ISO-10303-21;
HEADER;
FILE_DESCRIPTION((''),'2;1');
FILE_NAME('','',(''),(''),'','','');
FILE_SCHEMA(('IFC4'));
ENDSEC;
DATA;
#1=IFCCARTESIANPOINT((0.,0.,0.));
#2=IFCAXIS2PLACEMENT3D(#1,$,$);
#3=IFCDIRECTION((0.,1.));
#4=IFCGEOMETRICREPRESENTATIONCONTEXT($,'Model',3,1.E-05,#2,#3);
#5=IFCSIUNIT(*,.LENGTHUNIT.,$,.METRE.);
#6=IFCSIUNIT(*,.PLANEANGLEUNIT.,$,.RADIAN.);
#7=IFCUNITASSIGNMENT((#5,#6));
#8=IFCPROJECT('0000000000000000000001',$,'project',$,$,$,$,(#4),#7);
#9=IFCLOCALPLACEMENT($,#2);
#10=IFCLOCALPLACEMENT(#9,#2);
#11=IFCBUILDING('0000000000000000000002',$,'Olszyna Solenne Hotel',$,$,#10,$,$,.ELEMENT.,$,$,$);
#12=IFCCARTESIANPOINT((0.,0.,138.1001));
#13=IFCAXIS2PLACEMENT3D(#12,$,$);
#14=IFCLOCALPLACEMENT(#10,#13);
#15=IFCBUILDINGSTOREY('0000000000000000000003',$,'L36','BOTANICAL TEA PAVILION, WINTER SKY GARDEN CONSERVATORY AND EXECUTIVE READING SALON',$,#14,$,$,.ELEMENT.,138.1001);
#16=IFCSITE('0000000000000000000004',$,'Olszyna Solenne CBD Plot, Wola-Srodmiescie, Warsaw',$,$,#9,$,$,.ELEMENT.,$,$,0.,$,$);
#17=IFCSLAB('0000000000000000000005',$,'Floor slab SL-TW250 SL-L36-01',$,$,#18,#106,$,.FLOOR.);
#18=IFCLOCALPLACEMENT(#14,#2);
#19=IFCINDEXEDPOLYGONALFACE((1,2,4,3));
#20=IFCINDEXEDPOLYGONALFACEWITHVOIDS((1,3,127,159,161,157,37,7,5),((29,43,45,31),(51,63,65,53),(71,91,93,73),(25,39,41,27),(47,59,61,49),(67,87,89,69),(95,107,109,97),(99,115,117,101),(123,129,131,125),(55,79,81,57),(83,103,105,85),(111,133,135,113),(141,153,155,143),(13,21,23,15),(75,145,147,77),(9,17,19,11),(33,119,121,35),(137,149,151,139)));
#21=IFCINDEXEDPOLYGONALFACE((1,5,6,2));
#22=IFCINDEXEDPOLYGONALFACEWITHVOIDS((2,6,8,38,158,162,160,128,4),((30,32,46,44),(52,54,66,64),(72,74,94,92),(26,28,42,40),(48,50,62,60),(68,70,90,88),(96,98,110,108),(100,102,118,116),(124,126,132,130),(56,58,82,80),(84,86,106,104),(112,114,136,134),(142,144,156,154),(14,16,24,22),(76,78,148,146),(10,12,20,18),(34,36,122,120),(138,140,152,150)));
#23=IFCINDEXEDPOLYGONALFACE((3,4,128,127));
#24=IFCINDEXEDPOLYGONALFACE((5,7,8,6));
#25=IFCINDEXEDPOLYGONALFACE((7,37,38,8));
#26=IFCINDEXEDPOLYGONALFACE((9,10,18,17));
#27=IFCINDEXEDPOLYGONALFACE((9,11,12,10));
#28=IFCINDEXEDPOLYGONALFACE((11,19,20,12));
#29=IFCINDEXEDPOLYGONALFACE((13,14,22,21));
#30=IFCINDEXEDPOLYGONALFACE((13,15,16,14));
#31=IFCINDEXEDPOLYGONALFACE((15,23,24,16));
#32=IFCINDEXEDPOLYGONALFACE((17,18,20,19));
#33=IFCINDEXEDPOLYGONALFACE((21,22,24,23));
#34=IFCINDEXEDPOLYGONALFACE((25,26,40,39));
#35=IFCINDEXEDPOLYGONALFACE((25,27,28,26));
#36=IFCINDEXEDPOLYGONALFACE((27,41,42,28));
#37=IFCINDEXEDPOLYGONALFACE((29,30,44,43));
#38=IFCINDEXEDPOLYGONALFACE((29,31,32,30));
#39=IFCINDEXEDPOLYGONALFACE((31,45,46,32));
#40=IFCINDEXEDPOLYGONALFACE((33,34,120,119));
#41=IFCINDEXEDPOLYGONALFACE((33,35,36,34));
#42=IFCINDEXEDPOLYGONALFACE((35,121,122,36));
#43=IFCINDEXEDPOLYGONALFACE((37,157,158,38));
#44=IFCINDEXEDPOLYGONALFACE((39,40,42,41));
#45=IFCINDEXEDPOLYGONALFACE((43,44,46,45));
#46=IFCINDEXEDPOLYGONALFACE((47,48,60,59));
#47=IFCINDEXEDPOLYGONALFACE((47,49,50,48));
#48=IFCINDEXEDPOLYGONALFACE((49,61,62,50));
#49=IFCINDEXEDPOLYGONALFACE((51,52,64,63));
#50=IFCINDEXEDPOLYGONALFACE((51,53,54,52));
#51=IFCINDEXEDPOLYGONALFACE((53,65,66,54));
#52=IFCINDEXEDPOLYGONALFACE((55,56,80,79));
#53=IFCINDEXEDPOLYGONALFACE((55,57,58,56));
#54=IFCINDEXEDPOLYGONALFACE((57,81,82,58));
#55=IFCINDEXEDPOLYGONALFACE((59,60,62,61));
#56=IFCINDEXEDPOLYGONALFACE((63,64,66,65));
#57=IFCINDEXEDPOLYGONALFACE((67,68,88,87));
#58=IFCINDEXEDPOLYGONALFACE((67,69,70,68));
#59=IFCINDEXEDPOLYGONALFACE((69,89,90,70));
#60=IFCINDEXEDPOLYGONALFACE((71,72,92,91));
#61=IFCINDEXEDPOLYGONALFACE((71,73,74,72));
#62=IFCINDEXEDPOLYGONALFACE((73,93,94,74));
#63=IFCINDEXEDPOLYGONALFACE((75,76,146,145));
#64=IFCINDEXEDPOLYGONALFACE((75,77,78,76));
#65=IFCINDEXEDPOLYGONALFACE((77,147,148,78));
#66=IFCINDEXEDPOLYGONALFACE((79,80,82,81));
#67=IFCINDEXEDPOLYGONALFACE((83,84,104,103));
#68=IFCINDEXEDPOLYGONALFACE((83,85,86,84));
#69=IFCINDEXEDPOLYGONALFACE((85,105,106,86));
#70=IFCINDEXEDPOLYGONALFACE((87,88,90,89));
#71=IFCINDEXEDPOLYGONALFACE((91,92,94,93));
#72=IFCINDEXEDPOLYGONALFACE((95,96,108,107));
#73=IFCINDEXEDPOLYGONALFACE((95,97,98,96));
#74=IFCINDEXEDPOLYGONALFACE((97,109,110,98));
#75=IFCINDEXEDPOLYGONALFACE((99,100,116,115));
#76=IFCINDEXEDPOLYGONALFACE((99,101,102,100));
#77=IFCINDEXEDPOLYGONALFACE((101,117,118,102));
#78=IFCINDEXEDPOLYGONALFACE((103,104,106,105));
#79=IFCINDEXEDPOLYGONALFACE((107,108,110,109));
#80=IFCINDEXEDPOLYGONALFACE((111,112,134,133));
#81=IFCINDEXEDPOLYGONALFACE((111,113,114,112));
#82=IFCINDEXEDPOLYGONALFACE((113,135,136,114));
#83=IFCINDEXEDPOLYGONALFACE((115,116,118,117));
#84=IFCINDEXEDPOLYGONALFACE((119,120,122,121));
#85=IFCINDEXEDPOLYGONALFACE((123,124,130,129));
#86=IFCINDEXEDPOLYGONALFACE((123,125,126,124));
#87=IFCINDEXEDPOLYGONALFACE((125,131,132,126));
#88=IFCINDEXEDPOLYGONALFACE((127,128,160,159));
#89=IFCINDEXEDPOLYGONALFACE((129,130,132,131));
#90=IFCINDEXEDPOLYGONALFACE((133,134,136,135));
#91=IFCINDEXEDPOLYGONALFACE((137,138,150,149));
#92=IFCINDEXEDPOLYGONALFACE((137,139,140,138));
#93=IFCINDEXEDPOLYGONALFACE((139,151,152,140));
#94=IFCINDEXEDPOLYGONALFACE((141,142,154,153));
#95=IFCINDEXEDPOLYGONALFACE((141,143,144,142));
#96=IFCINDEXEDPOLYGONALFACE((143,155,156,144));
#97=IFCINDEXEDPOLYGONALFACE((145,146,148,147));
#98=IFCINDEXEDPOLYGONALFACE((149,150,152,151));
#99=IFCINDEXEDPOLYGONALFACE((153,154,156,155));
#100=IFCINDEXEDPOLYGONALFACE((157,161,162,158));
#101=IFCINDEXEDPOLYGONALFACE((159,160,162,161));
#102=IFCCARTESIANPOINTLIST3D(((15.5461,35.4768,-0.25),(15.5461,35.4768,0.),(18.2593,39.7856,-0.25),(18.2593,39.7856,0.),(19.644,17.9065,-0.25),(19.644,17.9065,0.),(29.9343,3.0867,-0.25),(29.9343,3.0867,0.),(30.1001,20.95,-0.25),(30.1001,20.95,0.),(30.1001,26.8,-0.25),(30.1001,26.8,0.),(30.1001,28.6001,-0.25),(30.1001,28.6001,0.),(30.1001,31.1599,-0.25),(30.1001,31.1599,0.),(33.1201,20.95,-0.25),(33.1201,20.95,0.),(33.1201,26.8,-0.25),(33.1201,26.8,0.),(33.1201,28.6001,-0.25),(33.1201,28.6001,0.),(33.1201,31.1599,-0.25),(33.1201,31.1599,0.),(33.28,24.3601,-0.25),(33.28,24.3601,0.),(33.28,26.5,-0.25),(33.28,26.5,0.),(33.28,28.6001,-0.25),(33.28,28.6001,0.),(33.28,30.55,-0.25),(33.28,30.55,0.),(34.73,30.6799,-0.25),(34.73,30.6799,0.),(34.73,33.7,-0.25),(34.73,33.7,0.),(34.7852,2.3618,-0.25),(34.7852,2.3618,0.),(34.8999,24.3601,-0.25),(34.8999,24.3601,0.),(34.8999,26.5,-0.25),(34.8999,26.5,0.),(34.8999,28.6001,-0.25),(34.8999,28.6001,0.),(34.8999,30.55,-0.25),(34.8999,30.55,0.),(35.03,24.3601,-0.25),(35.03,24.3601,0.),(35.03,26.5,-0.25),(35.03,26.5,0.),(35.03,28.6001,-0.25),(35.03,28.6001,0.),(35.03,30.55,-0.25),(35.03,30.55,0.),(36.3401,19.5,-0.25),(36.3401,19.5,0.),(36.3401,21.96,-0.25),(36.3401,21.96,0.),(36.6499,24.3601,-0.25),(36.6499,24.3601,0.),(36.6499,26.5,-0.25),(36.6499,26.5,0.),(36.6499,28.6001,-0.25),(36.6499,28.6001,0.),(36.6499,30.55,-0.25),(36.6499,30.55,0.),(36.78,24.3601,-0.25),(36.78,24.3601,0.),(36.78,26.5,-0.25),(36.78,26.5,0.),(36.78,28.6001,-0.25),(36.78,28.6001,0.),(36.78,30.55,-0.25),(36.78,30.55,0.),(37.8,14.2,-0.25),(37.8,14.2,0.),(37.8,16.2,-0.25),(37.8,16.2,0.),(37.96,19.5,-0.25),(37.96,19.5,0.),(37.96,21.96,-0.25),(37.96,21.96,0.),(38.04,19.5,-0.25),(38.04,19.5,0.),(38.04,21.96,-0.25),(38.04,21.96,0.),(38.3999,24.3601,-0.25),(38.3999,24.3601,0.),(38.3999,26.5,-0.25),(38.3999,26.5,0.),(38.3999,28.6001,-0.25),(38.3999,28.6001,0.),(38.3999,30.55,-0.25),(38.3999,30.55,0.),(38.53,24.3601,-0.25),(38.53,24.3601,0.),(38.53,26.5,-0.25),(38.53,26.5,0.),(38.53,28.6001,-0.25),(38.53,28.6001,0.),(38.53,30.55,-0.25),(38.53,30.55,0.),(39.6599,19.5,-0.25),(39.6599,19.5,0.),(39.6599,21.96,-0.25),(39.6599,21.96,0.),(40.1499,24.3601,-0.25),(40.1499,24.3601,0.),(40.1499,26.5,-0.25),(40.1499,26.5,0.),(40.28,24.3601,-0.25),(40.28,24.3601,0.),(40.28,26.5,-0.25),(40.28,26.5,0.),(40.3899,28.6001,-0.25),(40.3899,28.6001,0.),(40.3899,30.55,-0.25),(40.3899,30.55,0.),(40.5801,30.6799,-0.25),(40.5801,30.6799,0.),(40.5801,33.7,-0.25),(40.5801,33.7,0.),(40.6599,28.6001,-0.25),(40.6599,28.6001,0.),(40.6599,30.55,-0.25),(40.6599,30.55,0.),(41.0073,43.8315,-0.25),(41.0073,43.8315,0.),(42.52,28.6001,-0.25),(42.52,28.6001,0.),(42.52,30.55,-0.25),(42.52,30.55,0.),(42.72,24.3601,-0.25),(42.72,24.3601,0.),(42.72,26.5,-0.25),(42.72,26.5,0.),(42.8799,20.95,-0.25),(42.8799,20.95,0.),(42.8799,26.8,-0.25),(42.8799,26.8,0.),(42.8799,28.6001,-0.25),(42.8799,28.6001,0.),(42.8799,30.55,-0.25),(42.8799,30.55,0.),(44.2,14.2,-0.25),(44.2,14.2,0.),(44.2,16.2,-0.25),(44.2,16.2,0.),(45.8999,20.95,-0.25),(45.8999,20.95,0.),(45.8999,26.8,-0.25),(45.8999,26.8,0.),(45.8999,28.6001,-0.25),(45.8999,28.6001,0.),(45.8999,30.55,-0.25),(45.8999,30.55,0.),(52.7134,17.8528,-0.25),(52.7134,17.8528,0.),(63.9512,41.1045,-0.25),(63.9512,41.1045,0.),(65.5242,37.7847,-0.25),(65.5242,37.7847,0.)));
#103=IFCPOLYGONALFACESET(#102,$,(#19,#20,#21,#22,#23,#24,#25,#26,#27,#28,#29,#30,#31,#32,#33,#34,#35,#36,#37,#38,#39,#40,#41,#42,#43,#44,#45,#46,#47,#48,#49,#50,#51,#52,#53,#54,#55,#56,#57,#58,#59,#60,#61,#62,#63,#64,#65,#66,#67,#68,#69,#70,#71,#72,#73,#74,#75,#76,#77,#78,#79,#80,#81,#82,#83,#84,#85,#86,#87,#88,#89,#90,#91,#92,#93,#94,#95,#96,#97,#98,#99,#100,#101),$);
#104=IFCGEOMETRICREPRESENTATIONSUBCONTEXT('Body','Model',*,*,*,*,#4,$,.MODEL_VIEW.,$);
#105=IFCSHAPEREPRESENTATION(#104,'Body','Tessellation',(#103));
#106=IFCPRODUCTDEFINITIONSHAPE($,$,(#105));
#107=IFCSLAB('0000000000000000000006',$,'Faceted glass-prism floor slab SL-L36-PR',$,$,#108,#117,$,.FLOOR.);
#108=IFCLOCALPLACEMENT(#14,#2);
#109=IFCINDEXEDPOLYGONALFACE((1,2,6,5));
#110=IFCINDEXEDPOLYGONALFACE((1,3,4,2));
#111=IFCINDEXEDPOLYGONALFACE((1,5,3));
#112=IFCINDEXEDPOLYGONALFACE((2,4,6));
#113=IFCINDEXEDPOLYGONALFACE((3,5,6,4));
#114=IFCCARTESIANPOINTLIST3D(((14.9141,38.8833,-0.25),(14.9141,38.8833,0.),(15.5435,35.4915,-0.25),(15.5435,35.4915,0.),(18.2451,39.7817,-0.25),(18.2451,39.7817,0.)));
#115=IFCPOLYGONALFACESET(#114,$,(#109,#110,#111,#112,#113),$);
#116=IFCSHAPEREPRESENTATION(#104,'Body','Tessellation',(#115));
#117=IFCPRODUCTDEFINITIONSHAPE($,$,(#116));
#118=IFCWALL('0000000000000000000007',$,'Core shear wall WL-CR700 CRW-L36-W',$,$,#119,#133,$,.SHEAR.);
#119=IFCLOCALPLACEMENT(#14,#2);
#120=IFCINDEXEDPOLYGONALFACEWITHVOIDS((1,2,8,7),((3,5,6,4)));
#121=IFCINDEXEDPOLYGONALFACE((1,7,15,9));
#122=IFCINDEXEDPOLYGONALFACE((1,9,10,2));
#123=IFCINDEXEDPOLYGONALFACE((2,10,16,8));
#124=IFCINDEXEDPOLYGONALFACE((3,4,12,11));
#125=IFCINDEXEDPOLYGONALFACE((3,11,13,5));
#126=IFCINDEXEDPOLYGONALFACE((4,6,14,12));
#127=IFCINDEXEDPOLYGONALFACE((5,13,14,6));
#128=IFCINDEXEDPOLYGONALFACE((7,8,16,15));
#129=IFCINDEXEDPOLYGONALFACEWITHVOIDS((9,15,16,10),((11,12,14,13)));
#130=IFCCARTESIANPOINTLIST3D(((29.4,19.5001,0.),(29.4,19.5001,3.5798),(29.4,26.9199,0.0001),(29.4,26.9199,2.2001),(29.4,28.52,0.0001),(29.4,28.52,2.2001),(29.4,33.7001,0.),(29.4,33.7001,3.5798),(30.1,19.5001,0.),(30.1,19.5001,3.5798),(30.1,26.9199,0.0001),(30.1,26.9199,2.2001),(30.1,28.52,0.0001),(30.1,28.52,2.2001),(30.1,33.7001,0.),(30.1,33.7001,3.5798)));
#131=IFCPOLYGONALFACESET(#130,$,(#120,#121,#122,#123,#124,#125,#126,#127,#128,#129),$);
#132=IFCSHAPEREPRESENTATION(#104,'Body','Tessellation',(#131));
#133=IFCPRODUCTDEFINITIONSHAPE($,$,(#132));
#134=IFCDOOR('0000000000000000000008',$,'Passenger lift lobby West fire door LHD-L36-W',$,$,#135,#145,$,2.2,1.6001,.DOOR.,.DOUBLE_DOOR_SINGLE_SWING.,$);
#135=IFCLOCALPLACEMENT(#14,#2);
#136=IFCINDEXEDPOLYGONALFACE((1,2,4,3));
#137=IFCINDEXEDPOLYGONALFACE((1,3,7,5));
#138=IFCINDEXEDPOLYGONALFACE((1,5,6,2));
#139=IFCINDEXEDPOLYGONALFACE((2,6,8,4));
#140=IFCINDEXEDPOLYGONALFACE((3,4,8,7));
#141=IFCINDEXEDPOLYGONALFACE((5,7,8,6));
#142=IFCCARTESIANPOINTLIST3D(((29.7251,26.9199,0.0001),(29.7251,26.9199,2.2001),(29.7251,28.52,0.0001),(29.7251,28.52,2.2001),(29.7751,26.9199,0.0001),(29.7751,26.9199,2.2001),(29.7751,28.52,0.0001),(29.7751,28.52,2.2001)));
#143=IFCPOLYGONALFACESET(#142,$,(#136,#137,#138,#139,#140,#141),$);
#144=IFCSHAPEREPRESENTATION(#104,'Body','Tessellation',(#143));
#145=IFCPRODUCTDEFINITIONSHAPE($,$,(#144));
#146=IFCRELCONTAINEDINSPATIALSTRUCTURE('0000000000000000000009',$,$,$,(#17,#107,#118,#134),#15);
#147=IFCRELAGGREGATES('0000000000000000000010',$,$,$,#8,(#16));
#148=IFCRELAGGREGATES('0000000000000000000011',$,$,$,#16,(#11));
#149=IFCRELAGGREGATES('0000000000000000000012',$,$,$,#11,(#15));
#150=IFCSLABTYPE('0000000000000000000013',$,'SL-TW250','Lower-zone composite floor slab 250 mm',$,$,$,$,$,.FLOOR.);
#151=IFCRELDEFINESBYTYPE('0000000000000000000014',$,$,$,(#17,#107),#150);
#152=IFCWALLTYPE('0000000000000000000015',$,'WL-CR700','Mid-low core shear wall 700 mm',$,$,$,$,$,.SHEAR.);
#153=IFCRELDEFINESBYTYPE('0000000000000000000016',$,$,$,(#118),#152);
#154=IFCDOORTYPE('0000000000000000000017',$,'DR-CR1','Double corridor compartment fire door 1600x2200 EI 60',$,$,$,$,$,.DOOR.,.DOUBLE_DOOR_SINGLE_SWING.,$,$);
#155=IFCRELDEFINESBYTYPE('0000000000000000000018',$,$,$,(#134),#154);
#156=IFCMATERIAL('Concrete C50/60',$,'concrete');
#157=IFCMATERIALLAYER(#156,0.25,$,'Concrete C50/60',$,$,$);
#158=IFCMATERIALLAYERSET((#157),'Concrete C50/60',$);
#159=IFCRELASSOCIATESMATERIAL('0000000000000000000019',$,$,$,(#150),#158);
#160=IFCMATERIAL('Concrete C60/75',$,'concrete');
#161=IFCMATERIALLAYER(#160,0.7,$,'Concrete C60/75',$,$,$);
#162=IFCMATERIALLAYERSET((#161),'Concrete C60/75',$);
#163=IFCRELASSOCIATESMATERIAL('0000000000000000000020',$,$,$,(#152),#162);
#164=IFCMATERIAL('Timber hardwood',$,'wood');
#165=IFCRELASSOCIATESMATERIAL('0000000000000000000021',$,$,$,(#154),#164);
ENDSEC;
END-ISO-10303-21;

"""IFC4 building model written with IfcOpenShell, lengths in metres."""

from ifc_helpers import new_model, si_unit, direction, frame, frame_2d, origin, place, context, subcontext, project, spatial, polyline, rectangle, outline, extrude, source, transform, mapped, material, layer, layer_set, type_object, type_shapes, element, fill, save


model = new_model("IFC4")

# Units and contexts
model_context = context("Model", 3, precision=1e-05, world=origin(), true_north=direction((0.0, 1.0)))
body_context = subcontext(model_context, "Body", "Model", "MODEL_VIEW")
ifc_project = project(units=[si_unit("LENGTHUNIT", "METRE"), si_unit("PLANEANGLEUNIT", "RADIAN")], contexts=[model_context])

# Site, building, storey
site_placement = place(None, origin())
site = spatial("IfcSite", under=ifc_project, at=site_placement, Name="Olszyna Solenne CBD Plot, Wola-Srodmiescie, Warsaw", CompositionType="ELEMENT", RefElevation=0.0)
building_placement = place(site_placement, origin())
building = spatial("IfcBuilding", under=site, at=building_placement, Name="Olszyna Solenne Hotel", CompositionType="ELEMENT")
storey_placement = place(building_placement, frame((0.0, 0.0, 138.1001)))
storey = spatial("IfcBuildingStorey", under=building, at=storey_placement, Name="L36", Description="BOTANICAL TEA PAVILION, WINTER SKY GARDEN CONSERVATORY AND EXECUTIVE READING SALON", CompositionType="ELEMENT", Elevation=138.1001)

# Slabs
ifc_material_1 = material(Name="Concrete C50/60", Category="concrete")
ifc_layer_1 = layer(ifc_material_1, 0.25, Name="Concrete C50/60")
ifc_layer_set_1 = layer_set([ifc_layer_1], Name="Concrete C50/60")
slab_type_1 = type_object("IfcSlabType", Name="SL-TW250", Description="Lower-zone composite floor slab 250 mm", PredefinedType="FLOOR", material=ifc_layer_set_1)
slab_1_placement = place(storey_placement, frame((0.0, 0.0, -0.25)))
element("IfcSlab", 1, at=slab_1_placement, inside=storey, type_object=slab_type_1, Name="Floor slab SL-TW250 SL-L36-01", PredefinedType="FLOOR", context=body_context, shape_type="SweptSolid", body=[
    extrude(outline(polyline([(65.5242, 37.7847), (63.9512, 41.1045), (41.0073, 43.8315), (18.2593, 39.7856), (15.5461, 35.4768), (19.644, 17.9065), (29.9343, 3.0867), (34.7852, 2.3618), (52.7134, 17.8528), (65.5242, 37.7847)]), holes=[polyline([(30.1001, 20.95), (33.1201, 20.95), (33.1201, 26.8), (30.1001, 26.8), (30.1001, 20.95)]), polyline([(42.8799, 20.95), (45.8999, 20.95), (45.8999, 26.8), (42.8799, 26.8), (42.8799, 20.95)]), polyline([(34.73, 30.6799), (40.5801, 30.6799), (40.5801, 33.7), (34.73, 33.7), (34.73, 30.6799)]), polyline([(36.3401, 19.5), (37.96, 19.5), (37.96, 21.96), (36.3401, 21.96), (36.3401, 19.5)]), polyline([(38.04, 19.5), (39.6599, 19.5), (39.6599, 21.96), (38.04, 21.96), (38.04, 19.5)]), polyline([(30.1001, 28.6001), (33.1201, 28.6001), (33.1201, 31.1599), (30.1001, 31.1599), (30.1001, 28.6001)]), polyline([(33.28, 24.3601), (34.8999, 24.3601), (34.8999, 26.5), (33.28, 26.5), (33.28, 24.3601)]), polyline([(35.03, 24.3601), (36.6499, 24.3601), (36.6499, 26.5), (35.03, 26.5), (35.03, 24.3601)]), polyline([(36.78, 24.3601), (38.3999, 24.3601), (38.3999, 26.5), (36.78, 26.5), (36.78, 24.3601)]), polyline([(38.53, 24.3601), (40.1499, 24.3601), (40.1499, 26.5), (38.53, 26.5), (38.53, 24.3601)]), polyline([(40.28, 24.3601), (42.72, 24.3601), (42.72, 26.5), (40.28, 26.5), (40.28, 24.3601)]), polyline([(33.28, 28.6001), (34.8999, 28.6001), (34.8999, 30.55), (33.28, 30.55), (33.28, 28.6001)]), polyline([(35.03, 28.6001), (36.6499, 28.6001), (36.6499, 30.55), (35.03, 30.55), (35.03, 28.6001)]), polyline([(36.78, 28.6001), (38.3999, 28.6001), (38.3999, 30.55), (36.78, 30.55), (36.78, 28.6001)]), polyline([(38.53, 28.6001), (40.3899, 28.6001), (40.3899, 30.55), (38.53, 30.55), (38.53, 28.6001)]), polyline([(40.6599, 28.6001), (42.52, 28.6001), (42.52, 30.55), (40.6599, 30.55), (40.6599, 28.6001)]), polyline([(42.8799, 28.6001), (45.8999, 28.6001), (45.8999, 30.55), (42.8799, 30.55), (42.8799, 28.6001)]), polyline([(37.8, 14.2), (44.2, 14.2), (44.2, 16.2), (37.8, 16.2), (37.8, 14.2)])]), origin(), (0.0, 0.0, 1.0), 0.25),
])
slab_2_placement = place(storey_placement, frame((0.0, 0.0, -0.25)))
element("IfcSlab", 2, at=slab_2_placement, inside=storey, type_object=slab_type_1, Name="Faceted glass-prism floor slab SL-L36-PR", PredefinedType="FLOOR", context=body_context, shape_type="SweptSolid", body=[
    extrude(outline(polyline([(15.5435, 35.4915), (18.2451, 39.7817), (14.9141, 38.8833), (15.5435, 35.4915)])), origin(), (0.0, 0.0, 1.0), 0.25),
])

# Wall, opening, door
ifc_material_2 = material(Name="Concrete C60/75", Category="concrete")
ifc_layer_2 = layer(ifc_material_2, 0.7, Name="Concrete C60/75")
ifc_layer_set_2 = layer_set([ifc_layer_2], Name="Concrete C60/75")
wall_type_1 = type_object("IfcWallType", Name="WL-CR700", Description="Mid-low core shear wall 700 mm", PredefinedType="SHEAR", material=ifc_layer_set_2)
wall_1_placement = place(storey_placement, frame((29.75, 19.5, 0.0), z_axis=(0.0, 0.0, 1.0), x_axis=(0.0, 1.0, 0.0)))
wall_1 = element("IfcWall", 3, at=wall_1_placement, inside=storey, type_object=wall_type_1, Name="Core shear wall WL-CR700 CRW-L36-W", PredefinedType="SHEAR", context=body_context, shape_type="SweptSolid", body=[
    extrude(rectangle(XDim=14.2, YDim=0.7, at=frame_2d((7.1001, 0.0))), origin(), (0.0, 0.0, 1.0), 3.5798),
])
opening_1_placement = place(wall_1_placement, frame((7.4199, 0.0, 0.0)))
opening_1 = element("IfcOpeningElement", 4, at=opening_1_placement, cuts=wall_1, PredefinedType="OPENING", context=body_context, shape_type="SweptSolid", body=[
    extrude(rectangle(XDim=1.6001, YDim=2.2, at=frame_2d((0.8, 1.1001))), frame((0.0, 0.3599, 0.0), z_axis=(0.0, -1.0, 0.0), x_axis=(1.0, 0.0, 0.0)), (0.0, 0.0, 1.0), 0.72),
])
ifc_material_3 = material(Name="Timber hardwood", Category="wood")
door_type_1 = type_object("IfcDoorType", Name="DR-CR1", Description="Double corridor compartment fire door 1600x2200 EI 60", OperationType="DOUBLE_DOOR_SINGLE_SWING", PredefinedType="DOOR", material=ifc_material_3)
shared_shape_1 = source(origin(), body_context, "Body", "SweptSolid", [
    extrude(rectangle(XDim=1.6001, YDim=2.2, at=frame_2d((0.8, 1.1001))), frame((0.0, 0.0249, 0.0), z_axis=(0.0, -1.0, 0.0), x_axis=(1.0, 0.0, 0.0)), (0.0, 0.0, 1.0), 0.05),
])
type_shapes(door_type_1, [shared_shape_1])
door_1_placement = place(opening_1_placement, origin())
door_1 = element("IfcDoor", 5, at=door_1_placement, inside=storey, type_object=door_type_1, Name="Passenger lift lobby West fire door LHD-L36-W", OperationType="DOUBLE_DOOR_SINGLE_SWING", OverallHeight=2.2, OverallWidth=1.6001, PredefinedType="DOOR", context=body_context, shape_type="MappedRepresentation", body=[
    mapped(shared_shape_1, transform((0.0, 0.0, 0.0), x_axis=(1.0, 0.0, 0.0), y_axis=(0.0, 1.0, 0.0), z_axis=(0.0, 0.0, 1.0), scale=1.0)),
])
fill(opening_1, door_1)

save(model, "model.ifc")
